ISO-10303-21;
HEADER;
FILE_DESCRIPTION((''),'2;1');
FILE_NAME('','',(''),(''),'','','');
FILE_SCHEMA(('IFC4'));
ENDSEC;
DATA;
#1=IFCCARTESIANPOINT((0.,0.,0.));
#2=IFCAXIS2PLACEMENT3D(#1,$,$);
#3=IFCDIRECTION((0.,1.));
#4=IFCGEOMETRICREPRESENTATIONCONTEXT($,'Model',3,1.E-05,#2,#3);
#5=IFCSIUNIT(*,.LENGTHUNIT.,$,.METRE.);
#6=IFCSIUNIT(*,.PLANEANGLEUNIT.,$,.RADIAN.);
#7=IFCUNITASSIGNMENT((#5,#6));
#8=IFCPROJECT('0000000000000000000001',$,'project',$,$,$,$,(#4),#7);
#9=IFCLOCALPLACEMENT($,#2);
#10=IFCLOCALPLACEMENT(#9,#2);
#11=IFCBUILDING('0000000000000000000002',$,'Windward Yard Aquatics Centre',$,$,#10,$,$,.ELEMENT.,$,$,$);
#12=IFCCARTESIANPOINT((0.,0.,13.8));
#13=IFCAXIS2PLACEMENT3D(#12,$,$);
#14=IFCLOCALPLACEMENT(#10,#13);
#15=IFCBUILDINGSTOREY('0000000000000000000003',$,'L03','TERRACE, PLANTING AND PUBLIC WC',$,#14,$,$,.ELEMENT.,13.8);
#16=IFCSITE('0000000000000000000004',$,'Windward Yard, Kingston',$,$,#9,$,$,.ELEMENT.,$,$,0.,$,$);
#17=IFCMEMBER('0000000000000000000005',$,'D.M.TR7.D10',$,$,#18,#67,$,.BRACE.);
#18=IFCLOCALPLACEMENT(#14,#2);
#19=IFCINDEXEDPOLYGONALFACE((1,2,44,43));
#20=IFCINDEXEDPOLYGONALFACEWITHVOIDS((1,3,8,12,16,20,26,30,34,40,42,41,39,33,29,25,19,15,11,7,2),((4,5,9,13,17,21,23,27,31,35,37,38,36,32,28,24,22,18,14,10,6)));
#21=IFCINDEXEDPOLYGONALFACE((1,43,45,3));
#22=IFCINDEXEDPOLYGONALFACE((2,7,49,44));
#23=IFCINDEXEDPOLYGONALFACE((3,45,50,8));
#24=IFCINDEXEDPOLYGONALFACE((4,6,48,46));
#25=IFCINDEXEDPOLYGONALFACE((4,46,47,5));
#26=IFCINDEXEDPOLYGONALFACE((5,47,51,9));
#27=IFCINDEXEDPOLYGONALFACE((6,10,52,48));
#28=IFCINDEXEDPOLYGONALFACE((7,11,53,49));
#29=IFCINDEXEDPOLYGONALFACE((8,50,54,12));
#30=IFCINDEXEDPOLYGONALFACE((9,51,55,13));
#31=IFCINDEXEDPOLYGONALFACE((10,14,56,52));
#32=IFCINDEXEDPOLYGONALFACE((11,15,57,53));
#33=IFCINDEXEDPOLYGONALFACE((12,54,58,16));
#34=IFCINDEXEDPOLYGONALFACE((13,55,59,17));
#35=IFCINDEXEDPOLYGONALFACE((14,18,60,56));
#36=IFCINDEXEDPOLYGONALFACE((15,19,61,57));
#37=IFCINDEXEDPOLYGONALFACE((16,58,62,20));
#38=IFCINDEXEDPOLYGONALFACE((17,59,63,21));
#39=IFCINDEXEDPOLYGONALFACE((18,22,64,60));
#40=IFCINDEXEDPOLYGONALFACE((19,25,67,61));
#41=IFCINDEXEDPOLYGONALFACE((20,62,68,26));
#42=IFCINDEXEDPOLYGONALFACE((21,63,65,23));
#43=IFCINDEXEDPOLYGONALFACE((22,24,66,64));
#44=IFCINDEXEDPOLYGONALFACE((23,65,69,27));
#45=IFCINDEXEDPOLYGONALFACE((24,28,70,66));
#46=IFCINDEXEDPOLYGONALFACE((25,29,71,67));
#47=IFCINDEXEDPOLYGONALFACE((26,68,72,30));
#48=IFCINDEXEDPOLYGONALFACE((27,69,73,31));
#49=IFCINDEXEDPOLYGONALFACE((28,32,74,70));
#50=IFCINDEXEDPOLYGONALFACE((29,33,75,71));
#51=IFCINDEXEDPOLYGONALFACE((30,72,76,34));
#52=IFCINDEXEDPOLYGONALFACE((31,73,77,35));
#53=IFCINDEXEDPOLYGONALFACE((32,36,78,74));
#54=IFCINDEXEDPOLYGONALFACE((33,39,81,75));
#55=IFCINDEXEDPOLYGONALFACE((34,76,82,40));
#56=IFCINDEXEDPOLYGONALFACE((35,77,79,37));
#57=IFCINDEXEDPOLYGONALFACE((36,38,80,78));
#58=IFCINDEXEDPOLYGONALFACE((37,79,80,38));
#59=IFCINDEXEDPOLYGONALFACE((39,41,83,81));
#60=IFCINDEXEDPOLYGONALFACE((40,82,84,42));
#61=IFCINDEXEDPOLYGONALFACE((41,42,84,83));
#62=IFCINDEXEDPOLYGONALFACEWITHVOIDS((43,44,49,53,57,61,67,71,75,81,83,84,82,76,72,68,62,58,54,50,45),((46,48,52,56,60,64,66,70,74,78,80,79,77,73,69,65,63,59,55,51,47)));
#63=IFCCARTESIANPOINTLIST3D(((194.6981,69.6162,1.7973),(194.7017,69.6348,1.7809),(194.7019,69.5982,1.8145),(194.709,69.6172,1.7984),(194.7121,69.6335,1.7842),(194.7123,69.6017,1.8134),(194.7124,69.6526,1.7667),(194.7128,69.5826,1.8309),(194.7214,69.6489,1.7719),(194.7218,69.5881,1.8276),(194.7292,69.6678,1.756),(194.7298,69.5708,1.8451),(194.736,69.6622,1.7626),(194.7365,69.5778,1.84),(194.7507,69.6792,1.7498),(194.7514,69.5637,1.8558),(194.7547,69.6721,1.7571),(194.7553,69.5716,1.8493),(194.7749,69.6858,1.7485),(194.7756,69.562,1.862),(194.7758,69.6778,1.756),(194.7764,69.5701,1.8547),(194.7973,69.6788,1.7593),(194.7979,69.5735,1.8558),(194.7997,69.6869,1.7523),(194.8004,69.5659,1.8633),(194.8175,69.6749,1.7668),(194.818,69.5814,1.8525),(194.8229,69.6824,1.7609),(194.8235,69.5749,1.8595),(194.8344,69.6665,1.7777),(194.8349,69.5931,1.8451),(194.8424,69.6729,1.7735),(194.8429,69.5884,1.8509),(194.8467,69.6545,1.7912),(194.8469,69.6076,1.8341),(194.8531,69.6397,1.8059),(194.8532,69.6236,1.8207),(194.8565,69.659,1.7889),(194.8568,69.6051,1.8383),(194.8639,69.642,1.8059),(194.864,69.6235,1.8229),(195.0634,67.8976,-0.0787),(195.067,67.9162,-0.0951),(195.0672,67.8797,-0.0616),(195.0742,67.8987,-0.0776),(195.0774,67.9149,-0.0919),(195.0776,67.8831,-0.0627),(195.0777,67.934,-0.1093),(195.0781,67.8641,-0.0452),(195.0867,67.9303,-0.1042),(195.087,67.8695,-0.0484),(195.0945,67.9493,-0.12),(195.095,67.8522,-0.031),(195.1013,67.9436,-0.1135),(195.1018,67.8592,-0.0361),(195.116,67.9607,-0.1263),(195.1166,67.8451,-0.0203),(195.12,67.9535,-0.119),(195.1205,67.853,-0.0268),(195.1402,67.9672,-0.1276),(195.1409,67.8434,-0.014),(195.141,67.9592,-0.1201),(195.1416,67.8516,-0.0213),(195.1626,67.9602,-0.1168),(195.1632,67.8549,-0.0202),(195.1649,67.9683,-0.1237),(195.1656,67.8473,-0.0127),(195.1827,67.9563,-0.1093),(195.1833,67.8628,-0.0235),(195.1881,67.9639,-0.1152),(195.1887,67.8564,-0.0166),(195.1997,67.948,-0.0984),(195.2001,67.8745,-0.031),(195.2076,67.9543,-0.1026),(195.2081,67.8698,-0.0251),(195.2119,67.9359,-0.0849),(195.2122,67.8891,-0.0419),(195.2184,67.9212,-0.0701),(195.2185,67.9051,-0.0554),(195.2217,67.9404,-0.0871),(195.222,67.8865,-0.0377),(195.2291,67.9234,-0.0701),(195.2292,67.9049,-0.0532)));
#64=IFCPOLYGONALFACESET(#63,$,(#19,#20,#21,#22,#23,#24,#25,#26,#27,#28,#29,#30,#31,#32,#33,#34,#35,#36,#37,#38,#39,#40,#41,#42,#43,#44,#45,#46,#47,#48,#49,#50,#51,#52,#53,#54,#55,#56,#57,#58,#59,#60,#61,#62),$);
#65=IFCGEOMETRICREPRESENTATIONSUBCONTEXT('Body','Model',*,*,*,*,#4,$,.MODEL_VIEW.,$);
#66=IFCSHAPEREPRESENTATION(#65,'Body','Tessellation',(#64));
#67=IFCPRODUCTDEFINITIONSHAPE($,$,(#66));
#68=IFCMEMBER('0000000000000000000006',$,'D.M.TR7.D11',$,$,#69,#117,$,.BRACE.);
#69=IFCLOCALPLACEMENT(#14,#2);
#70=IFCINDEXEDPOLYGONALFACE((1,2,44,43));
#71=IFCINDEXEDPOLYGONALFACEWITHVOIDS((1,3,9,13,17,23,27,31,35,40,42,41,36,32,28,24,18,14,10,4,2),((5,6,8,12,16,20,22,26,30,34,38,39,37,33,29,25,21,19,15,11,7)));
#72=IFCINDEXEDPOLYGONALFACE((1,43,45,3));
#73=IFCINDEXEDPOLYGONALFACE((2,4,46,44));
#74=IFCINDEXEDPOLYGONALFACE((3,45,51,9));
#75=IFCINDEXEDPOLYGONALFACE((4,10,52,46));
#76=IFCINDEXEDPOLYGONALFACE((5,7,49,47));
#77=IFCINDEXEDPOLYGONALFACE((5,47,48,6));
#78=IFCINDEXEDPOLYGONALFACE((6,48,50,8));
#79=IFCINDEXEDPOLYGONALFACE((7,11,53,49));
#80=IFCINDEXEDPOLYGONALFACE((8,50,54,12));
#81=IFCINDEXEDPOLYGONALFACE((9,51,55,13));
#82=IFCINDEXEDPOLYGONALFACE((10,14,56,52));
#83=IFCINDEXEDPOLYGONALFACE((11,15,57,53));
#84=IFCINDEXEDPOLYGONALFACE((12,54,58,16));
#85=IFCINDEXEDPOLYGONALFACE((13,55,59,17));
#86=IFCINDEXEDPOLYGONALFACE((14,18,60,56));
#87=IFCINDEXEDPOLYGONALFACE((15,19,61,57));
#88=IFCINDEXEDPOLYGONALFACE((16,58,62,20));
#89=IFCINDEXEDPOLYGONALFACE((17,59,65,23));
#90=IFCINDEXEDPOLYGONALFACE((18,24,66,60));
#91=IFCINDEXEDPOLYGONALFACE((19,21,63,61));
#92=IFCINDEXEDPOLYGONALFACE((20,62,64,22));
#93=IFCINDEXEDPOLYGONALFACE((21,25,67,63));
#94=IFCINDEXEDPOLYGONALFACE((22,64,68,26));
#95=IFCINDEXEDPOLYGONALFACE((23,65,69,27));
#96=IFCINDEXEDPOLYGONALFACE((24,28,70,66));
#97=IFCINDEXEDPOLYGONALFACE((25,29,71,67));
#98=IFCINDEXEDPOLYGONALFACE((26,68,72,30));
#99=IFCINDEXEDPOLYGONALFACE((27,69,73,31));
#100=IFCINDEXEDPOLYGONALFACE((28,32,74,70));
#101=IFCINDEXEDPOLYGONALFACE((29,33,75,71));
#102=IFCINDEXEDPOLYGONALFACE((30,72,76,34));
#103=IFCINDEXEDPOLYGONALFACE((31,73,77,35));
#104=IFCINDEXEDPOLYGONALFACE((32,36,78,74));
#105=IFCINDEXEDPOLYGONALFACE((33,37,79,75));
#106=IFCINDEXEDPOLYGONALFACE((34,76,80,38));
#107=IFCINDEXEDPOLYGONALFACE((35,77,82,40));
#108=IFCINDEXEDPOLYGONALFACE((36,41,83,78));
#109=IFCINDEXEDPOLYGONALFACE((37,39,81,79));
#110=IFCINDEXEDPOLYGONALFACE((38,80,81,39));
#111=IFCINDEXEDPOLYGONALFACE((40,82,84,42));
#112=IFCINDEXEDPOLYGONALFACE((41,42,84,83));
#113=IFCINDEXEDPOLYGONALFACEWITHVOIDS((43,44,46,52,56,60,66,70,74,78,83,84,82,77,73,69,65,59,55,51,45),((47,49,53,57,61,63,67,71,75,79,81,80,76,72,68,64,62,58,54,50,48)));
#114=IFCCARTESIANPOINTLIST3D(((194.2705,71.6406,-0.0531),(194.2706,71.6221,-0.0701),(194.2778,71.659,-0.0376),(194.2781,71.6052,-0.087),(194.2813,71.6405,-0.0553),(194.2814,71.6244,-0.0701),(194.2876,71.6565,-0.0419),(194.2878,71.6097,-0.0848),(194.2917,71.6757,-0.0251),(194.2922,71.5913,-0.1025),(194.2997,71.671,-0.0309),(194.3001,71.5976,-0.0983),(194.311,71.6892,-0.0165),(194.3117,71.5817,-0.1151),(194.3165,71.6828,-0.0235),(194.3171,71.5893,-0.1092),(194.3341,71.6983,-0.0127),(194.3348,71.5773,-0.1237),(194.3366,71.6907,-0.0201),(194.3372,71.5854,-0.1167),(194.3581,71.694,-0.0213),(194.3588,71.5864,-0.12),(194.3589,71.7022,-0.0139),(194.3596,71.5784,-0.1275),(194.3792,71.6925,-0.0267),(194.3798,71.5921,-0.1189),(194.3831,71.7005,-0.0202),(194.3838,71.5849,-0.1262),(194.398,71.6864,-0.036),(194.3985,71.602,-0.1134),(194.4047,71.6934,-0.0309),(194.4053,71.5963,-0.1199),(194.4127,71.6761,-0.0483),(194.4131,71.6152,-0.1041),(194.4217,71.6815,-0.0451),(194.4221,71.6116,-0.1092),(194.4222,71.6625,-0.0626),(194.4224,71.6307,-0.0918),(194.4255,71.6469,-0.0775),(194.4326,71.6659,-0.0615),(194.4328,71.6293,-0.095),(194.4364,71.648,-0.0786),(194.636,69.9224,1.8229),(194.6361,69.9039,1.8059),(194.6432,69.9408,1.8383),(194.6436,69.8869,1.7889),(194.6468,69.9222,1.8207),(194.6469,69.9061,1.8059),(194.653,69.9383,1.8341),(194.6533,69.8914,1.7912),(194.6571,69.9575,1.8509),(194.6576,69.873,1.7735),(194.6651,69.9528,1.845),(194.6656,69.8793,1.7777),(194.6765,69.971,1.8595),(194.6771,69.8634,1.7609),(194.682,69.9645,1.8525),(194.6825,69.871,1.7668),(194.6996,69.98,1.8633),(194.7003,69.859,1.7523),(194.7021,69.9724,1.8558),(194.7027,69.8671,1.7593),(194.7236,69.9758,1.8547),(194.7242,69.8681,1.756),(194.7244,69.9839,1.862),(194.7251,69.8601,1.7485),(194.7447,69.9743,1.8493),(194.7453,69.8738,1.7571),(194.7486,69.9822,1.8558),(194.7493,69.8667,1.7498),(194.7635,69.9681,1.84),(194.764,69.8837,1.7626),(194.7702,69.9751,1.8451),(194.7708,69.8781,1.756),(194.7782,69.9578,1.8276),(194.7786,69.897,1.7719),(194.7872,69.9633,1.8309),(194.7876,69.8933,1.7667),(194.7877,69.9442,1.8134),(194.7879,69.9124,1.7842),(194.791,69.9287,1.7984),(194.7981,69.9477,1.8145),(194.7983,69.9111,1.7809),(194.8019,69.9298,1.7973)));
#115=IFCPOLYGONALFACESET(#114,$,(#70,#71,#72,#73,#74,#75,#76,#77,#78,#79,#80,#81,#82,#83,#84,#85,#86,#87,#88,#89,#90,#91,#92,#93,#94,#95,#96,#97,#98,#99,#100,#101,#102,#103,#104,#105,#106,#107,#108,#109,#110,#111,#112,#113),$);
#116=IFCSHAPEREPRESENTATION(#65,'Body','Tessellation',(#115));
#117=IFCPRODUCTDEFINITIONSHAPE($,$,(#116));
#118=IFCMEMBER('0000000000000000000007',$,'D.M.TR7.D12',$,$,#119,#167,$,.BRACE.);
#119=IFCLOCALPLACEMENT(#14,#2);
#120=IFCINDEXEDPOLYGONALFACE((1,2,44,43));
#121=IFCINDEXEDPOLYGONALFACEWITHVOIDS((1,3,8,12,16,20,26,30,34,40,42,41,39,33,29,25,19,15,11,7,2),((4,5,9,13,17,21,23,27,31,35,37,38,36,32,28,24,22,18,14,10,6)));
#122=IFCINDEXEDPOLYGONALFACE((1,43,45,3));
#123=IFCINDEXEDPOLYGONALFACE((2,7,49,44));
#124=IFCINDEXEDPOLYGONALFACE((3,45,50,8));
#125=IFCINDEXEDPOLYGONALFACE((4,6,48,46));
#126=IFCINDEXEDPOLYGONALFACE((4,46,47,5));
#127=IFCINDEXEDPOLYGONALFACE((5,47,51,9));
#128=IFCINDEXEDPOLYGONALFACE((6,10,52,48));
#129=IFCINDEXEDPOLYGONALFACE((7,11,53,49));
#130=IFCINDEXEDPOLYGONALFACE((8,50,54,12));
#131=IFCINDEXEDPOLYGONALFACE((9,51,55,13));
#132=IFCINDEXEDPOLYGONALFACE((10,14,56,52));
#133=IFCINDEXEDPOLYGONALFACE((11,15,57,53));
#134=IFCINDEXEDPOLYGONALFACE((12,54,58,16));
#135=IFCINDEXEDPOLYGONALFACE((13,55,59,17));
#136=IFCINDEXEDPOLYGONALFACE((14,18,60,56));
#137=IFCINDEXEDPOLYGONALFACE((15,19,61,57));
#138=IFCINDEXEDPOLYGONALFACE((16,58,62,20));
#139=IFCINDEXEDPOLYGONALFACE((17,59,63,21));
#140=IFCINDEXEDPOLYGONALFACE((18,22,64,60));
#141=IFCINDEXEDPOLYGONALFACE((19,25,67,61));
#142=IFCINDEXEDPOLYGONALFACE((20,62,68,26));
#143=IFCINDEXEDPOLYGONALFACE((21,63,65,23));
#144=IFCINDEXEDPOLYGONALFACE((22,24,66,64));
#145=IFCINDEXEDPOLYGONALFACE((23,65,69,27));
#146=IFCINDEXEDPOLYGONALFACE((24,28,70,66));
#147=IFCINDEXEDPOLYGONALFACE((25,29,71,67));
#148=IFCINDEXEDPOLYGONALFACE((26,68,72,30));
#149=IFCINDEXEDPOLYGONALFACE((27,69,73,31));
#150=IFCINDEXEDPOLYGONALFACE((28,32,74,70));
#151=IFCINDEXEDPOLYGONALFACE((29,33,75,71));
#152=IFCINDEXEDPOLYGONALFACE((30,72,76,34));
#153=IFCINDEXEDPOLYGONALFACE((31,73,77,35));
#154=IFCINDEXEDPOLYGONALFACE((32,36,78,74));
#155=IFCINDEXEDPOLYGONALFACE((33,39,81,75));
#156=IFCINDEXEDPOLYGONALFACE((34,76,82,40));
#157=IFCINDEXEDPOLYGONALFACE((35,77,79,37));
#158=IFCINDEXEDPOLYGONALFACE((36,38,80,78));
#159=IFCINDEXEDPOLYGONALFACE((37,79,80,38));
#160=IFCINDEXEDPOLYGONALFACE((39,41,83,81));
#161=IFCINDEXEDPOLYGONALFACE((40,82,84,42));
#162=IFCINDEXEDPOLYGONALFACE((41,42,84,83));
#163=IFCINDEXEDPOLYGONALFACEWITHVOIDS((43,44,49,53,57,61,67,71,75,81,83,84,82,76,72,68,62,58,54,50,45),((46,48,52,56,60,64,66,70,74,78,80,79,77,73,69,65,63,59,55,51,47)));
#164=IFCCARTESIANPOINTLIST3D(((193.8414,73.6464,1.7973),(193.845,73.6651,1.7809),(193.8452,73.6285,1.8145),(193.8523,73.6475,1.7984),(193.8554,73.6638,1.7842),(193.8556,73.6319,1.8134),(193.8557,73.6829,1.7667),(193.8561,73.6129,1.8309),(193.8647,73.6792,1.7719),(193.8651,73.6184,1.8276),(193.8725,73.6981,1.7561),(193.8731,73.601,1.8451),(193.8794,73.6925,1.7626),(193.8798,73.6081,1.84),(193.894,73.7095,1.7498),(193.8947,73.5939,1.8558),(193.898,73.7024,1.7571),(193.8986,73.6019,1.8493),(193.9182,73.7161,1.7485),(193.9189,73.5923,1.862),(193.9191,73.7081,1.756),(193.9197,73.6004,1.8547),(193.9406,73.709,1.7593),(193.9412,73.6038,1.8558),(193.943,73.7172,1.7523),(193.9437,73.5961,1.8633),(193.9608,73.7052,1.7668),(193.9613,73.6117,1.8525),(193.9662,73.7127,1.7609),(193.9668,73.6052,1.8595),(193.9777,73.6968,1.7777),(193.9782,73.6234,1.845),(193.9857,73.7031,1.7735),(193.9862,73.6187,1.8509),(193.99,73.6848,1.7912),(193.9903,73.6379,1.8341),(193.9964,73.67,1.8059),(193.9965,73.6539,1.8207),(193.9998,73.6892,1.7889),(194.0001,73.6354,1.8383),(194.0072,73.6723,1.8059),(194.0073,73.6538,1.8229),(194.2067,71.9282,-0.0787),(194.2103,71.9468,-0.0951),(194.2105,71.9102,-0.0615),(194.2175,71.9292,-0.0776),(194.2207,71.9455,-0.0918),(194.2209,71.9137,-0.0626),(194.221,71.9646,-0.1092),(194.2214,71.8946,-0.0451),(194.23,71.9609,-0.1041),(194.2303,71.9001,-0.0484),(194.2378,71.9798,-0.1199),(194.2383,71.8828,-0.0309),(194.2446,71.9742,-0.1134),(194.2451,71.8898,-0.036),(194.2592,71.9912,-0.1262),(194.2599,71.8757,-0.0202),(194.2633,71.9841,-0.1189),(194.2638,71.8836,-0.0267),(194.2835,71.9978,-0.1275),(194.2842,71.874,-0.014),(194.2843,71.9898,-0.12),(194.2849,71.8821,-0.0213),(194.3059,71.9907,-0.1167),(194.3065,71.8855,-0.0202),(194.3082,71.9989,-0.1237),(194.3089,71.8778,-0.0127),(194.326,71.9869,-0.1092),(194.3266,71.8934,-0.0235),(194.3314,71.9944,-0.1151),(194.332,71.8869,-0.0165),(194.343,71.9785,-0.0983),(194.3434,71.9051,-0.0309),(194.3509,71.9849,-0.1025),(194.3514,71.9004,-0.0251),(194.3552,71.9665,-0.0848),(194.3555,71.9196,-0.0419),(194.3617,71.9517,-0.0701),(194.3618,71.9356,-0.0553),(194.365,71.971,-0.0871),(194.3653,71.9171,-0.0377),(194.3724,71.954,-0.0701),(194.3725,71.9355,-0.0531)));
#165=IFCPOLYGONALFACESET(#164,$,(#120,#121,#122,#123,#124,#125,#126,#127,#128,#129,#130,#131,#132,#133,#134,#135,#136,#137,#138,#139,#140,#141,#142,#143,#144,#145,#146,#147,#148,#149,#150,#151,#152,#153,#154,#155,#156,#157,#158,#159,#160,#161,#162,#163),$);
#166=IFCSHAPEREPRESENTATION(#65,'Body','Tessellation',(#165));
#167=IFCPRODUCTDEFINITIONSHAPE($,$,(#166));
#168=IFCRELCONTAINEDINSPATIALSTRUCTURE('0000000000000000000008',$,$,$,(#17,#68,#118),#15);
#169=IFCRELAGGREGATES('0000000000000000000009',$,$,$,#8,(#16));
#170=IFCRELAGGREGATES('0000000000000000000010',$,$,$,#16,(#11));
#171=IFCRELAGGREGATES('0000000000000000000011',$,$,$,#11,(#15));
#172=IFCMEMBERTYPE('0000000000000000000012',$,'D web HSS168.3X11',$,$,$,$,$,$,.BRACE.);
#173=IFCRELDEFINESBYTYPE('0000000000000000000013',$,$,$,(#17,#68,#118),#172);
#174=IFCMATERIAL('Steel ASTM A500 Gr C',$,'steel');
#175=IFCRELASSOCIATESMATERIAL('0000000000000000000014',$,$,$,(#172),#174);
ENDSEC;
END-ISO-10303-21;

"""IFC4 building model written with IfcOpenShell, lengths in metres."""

from ifc_helpers import new_model, si_unit, direction, frame, origin, origin_2d, place, context, subcontext, project, spatial, hollow_circle, extrude, material, material_profile, profile_set, type_object, element, save


model = new_model("IFC4")

# Units and contexts
model_context = context("Model", 3, precision=1e-05, world=origin(), true_north=direction((0.0, 1.0)))
body_context = subcontext(model_context, "Body", "Model", "MODEL_VIEW")
ifc_project = project(units=[si_unit("LENGTHUNIT", "METRE"), si_unit("PLANEANGLEUNIT", "RADIAN")], contexts=[model_context])

# Site, building, storey
site_placement = place(None, origin())
site = spatial("IfcSite", under=ifc_project, at=site_placement, Name="Windward Yard, Kingston", CompositionType="ELEMENT", RefElevation=0.0)
building_placement = place(site_placement, origin())
building = spatial("IfcBuilding", under=site, at=building_placement, Name="Windward Yard Aquatics Centre", CompositionType="ELEMENT")
storey_placement = place(building_placement, frame((0.0, 0.0, 13.8)))
storey = spatial("IfcBuildingStorey", under=building, at=storey_placement, Name="L03", Description="TERRACE, PLANTING AND PUBLIC WC", CompositionType="ELEMENT", Elevation=13.8)

# Members
ifc_material_1 = material(Name="Steel ASTM A500 Gr C", Category="steel")
ifc_material_profile_1 = material_profile(ifc_material_1, hollow_circle(Radius=0.0842, WallThickness=0.011, at=origin_2d()), Name="HSS168.3X11")
ifc_profile_set_1 = profile_set([ifc_material_profile_1], Name="Steel ASTM A500 Gr C")
member_type_1 = type_object("IfcMemberType", Name="D web HSS168.3X11", PredefinedType="BRACE", material=ifc_profile_set_1)
for number, where, z_axis, x_axis, name in (
    (1, (194.7815, 69.6245, 1.8059), (0.142103, -0.668626, -0.729894), (0.978153, 0.207887, 0.0), "D.M.TR7.D10"),
):
    element("IfcMember", number, at=place(storey_placement, frame(where, z_axis=z_axis, x_axis=x_axis)), inside=storey, type_object=member_type_1, Name=name, PredefinedType="BRACE", context=body_context, shape_type="SweptSolid", body=[
        extrude(hollow_circle(Radius=0.0842, WallThickness=0.011, at=origin_2d()), origin(), (0.0, 0.0, 1.0), 2.5703),
    ])
for number, where, z_axis, x_axis, name in (
    (2, (194.7185, 69.9214, 1.8059), (-0.142205, 0.668565, -0.729931), (-0.978119, -0.208048, 0.0), "D.M.TR7.D11"),
    (3, (193.9248, 73.6548, 1.8059), (0.142112, -0.668574, -0.729941), (0.978147, 0.207915, 0.0), "D.M.TR7.D12"),
):
    element("IfcMember", number, at=place(storey_placement, frame(where, z_axis=z_axis, x_axis=x_axis)), inside=storey, type_object=member_type_1, Name=name, PredefinedType="BRACE", context=body_context, shape_type="SweptSolid", body=[
        extrude(hollow_circle(Radius=0.0842, WallThickness=0.011, at=origin_2d()), origin(), (0.0, 0.0, 1.0), 2.5701),
    ])

save(model, "model.ifc")
